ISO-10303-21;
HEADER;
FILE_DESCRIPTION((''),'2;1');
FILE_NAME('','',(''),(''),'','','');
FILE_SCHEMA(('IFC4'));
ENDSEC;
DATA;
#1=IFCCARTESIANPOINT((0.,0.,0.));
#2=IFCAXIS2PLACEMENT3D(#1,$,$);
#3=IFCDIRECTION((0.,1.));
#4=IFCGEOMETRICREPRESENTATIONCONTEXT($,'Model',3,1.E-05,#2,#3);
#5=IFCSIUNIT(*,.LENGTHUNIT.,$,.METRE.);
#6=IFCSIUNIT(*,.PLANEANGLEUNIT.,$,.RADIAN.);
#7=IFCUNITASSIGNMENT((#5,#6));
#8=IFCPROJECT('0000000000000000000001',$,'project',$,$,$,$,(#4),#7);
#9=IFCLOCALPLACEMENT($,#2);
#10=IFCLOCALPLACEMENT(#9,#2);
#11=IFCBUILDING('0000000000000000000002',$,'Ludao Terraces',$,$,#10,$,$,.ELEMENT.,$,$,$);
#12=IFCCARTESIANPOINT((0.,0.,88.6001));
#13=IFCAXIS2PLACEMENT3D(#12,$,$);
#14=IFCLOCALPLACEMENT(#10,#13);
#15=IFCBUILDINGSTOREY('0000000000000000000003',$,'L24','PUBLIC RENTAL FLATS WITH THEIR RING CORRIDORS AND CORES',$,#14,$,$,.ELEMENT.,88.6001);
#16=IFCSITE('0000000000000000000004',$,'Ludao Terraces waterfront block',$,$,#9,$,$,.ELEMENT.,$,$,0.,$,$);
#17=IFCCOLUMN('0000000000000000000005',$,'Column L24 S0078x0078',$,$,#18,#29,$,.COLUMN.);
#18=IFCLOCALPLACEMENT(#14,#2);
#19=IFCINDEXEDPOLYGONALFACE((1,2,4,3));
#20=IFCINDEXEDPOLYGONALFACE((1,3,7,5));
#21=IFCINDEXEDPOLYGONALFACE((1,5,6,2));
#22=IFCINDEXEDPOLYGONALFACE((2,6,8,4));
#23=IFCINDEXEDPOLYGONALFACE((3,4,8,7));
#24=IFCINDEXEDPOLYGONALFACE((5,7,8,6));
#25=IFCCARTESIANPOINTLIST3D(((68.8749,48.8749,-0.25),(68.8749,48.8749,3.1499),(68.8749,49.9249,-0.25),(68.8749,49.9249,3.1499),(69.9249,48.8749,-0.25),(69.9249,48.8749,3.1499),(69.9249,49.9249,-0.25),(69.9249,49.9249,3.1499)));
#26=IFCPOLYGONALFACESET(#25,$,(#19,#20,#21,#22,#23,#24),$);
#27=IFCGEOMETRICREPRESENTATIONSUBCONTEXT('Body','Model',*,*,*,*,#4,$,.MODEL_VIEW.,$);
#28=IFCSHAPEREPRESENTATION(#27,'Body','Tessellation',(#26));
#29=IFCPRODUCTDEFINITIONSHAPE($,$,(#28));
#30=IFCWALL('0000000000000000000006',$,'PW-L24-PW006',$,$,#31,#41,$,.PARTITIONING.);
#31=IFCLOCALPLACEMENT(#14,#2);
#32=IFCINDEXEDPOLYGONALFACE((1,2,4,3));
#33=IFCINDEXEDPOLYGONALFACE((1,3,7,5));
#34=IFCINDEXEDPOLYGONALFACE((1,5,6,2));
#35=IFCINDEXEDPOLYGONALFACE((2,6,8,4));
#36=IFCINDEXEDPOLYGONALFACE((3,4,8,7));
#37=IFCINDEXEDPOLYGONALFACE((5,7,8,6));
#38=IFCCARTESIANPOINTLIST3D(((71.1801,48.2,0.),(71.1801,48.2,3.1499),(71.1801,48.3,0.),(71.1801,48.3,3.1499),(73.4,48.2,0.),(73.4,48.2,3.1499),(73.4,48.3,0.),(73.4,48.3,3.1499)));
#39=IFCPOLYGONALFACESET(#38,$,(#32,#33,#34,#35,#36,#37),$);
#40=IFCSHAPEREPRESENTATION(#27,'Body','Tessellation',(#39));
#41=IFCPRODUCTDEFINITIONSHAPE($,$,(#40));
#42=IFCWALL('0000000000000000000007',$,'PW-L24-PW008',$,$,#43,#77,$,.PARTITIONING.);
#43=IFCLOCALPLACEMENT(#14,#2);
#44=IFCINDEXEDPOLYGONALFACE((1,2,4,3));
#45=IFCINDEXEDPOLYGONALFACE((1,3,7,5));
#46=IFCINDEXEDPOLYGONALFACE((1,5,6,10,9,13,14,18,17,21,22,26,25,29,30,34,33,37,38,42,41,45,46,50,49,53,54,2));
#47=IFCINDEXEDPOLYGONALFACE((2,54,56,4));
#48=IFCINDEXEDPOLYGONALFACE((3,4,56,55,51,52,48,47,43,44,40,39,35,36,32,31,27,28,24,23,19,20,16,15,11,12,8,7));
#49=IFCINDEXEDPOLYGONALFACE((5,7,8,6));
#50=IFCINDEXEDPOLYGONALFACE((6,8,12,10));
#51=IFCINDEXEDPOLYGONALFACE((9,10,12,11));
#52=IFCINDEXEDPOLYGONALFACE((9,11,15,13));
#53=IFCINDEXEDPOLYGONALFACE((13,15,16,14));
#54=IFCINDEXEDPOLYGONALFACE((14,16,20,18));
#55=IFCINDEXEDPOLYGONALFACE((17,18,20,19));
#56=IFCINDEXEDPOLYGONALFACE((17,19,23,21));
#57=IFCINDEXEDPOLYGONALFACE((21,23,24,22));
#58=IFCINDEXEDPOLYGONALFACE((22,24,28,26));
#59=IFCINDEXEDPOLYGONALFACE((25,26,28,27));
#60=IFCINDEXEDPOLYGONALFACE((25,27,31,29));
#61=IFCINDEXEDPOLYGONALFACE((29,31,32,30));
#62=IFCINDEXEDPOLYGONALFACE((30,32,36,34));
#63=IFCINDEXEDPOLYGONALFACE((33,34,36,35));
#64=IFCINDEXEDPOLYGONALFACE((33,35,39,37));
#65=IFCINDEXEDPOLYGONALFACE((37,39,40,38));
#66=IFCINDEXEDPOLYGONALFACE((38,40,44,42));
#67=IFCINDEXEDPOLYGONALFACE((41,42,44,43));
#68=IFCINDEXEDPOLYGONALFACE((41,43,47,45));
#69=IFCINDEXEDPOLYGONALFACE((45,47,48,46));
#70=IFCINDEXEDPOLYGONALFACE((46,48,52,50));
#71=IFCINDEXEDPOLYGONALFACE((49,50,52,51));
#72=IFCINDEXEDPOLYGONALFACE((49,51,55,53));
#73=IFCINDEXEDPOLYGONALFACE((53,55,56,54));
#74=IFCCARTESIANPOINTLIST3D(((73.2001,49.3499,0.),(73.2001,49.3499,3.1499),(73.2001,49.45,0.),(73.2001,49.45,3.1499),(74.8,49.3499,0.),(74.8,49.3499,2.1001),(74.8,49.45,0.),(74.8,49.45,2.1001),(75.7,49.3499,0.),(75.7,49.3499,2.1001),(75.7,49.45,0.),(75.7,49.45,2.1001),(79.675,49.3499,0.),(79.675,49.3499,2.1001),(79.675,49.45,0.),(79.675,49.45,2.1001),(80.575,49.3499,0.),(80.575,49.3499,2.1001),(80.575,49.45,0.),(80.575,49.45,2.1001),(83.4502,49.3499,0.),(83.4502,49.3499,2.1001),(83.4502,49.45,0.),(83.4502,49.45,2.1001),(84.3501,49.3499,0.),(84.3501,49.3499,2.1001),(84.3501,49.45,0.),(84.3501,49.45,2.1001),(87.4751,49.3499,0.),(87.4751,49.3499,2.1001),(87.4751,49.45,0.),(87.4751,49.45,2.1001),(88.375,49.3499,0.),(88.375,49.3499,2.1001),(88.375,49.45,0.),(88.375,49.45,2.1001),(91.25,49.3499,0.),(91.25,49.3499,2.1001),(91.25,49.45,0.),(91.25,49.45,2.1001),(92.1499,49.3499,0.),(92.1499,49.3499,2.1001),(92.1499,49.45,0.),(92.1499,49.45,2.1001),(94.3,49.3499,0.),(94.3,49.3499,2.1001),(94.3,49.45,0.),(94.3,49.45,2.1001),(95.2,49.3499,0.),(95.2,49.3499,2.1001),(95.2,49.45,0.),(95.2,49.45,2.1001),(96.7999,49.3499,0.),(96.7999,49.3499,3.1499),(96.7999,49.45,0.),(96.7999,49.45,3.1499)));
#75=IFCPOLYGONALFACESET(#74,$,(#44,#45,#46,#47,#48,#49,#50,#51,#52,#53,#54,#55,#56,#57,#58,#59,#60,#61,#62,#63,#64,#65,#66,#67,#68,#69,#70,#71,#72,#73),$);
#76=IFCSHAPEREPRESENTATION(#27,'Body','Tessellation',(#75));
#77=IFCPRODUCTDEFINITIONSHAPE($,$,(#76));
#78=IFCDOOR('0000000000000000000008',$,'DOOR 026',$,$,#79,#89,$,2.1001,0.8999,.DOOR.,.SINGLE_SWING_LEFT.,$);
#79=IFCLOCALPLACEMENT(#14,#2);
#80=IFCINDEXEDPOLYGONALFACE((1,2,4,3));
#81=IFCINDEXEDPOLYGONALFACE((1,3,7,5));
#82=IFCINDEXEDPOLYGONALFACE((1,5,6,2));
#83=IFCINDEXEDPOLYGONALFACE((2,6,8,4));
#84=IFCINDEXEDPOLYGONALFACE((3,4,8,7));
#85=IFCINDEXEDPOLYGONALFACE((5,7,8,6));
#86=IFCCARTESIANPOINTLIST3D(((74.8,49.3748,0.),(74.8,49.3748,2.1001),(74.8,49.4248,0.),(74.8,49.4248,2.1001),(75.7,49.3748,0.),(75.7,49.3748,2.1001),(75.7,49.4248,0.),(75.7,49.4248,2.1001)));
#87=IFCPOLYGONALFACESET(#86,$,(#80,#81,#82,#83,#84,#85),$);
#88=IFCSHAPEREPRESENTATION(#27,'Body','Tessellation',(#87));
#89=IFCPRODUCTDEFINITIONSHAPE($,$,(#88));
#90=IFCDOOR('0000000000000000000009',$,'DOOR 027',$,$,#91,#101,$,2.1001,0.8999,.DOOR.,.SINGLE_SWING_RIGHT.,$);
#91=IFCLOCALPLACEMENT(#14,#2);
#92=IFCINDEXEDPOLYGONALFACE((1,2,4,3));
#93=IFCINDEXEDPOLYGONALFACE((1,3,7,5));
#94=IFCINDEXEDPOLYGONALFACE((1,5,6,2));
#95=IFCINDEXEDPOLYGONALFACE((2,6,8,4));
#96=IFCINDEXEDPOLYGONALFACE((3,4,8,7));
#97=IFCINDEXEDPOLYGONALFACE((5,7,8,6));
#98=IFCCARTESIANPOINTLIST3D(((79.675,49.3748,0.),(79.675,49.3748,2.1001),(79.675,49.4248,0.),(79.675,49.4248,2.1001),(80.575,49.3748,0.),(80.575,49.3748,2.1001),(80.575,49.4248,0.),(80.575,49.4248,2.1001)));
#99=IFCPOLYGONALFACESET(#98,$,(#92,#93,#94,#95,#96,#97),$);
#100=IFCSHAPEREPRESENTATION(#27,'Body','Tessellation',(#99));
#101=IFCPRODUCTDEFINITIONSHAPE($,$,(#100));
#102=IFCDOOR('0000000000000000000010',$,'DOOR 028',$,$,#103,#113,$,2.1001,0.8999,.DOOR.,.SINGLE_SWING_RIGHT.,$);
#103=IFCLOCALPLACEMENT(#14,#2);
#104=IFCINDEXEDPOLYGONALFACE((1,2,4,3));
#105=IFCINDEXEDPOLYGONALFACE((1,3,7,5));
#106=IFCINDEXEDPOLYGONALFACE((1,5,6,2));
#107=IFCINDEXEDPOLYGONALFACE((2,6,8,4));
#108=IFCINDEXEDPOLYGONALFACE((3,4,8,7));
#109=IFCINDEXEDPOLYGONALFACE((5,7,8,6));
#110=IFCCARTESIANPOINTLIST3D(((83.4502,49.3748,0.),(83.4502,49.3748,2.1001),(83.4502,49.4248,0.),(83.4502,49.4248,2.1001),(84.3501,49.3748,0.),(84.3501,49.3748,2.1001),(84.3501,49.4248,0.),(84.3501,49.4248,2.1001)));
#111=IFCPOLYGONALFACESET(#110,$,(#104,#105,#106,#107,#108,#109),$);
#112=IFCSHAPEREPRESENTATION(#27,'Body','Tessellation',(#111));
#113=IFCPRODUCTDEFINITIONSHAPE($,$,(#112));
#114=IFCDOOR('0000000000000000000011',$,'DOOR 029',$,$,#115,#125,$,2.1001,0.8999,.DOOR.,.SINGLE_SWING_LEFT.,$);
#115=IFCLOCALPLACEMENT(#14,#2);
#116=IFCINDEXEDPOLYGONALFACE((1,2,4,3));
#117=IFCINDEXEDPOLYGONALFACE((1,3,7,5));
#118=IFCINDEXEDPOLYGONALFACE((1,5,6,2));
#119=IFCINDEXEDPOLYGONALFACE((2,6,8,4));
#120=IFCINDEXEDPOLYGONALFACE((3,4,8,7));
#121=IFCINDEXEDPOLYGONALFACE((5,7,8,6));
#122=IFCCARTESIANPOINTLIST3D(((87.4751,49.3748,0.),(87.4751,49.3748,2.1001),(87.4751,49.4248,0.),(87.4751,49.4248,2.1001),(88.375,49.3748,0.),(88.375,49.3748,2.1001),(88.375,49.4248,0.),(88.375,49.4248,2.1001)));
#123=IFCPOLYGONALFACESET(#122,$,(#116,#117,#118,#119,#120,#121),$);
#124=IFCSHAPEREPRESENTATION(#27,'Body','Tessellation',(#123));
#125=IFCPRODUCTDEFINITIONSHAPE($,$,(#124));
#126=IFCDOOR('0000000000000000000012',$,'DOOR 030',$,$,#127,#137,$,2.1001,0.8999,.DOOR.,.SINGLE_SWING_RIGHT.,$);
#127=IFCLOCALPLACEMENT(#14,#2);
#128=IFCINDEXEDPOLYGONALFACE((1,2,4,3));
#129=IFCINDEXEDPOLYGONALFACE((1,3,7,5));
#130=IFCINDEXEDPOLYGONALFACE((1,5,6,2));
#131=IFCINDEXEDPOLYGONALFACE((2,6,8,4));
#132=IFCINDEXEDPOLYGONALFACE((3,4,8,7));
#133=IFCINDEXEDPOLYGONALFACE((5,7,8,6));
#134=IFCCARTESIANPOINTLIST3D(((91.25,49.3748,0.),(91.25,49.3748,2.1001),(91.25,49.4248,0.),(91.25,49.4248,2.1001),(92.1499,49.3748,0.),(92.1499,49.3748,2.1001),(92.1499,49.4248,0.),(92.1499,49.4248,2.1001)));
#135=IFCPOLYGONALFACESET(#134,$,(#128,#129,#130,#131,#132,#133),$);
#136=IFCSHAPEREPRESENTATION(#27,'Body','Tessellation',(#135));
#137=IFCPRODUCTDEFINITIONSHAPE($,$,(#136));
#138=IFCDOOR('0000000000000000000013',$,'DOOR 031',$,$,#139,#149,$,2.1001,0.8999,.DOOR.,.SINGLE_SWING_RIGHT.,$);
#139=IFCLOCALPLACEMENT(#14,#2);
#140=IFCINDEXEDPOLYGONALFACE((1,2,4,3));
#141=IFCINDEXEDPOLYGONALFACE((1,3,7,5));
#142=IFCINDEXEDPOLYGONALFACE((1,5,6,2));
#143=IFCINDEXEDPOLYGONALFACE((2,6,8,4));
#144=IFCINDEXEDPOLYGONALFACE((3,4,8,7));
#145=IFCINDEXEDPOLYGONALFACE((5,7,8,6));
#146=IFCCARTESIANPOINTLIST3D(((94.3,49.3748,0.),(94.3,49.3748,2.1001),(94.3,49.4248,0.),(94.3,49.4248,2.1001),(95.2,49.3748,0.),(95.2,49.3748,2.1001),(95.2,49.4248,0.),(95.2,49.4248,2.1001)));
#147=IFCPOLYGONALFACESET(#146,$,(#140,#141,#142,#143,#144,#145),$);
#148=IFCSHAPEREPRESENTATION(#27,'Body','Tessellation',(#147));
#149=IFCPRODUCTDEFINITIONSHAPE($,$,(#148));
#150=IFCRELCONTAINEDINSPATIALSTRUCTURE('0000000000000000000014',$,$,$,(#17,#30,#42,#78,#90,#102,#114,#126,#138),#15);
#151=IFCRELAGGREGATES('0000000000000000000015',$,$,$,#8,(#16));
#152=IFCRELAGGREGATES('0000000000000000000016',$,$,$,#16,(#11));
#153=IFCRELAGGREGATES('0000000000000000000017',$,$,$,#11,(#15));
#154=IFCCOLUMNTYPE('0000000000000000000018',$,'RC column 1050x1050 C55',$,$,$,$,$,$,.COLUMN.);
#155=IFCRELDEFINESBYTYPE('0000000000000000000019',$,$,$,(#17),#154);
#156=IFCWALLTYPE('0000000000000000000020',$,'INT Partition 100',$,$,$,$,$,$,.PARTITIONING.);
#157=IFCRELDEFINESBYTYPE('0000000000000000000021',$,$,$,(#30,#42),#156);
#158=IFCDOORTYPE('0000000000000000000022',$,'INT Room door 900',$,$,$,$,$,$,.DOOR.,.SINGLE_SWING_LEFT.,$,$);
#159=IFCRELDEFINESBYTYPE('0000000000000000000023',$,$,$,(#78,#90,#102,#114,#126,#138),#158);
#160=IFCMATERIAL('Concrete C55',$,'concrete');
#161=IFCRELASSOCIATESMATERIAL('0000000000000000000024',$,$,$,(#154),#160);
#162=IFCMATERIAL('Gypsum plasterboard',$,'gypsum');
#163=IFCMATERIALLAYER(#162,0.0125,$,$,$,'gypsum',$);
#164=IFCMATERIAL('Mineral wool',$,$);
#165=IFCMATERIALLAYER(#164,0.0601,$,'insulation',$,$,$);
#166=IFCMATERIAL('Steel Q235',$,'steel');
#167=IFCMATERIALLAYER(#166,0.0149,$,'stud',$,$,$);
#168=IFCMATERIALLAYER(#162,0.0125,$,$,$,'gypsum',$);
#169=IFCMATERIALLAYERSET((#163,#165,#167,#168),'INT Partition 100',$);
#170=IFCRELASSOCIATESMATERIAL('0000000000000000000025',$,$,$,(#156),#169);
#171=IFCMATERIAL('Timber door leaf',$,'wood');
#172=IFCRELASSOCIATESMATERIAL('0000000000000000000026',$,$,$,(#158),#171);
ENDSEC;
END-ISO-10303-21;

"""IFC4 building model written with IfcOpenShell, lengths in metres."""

from ifc_helpers import new_model, si_unit, direction, frame, frame_2d, origin, origin_2d, place, context, subcontext, project, spatial, rectangle, extrude, material, layer, layer_set, material_profile, profile_set, type_object, element, fill, save


model = new_model("IFC4")

# Units and contexts
model_context = context("Model", 3, precision=1e-05, world=origin(), true_north=direction((0.0, 1.0)))
body_context = subcontext(model_context, "Body", "Model", "MODEL_VIEW")
ifc_project = project(units=[si_unit("LENGTHUNIT", "METRE"), si_unit("PLANEANGLEUNIT", "RADIAN")], contexts=[model_context])

# Site, building, storey
site_placement = place(None, origin())
site = spatial("IfcSite", under=ifc_project, at=site_placement, Name="Ludao Terraces waterfront block", CompositionType="ELEMENT", RefElevation=0.0)
building_placement = place(site_placement, origin())
building = spatial("IfcBuilding", under=site, at=building_placement, Name="Ludao Terraces", CompositionType="ELEMENT")
storey_placement = place(building_placement, frame((0.0, 0.0, 88.6001)))
storey = spatial("IfcBuildingStorey", under=building, at=storey_placement, Name="L24", Description="PUBLIC RENTAL FLATS WITH THEIR RING CORRIDORS AND CORES", CompositionType="ELEMENT", Elevation=88.6001)

# Column
ifc_material_1 = material(Name="Concrete C55", Category="concrete")
ifc_material_profile = material_profile(ifc_material_1, rectangle(XDim=1.05, YDim=1.05, at=origin_2d()), Name="1050 X 1050")
ifc_profile_set = profile_set([ifc_material_profile], Name="Concrete C55")
column_type = type_object("IfcColumnType", Name="RC column 1050x1050 C55", PredefinedType="COLUMN", material=ifc_profile_set)
column_placement = place(storey_placement, frame((69.3999, 49.3999, -0.25), z_axis=(0.0, 0.0, 1.0), x_axis=(1.0, 0.0, 0.0)))
element("IfcColumn", 1, at=column_placement, inside=storey, type_object=column_type, Name="Column L24 S0078x0078", PredefinedType="COLUMN", context=body_context, shape_type="SweptSolid", body=[
    extrude(rectangle(XDim=1.05, YDim=1.05, at=origin_2d()), origin(), (0.0, 0.0, 1.0), 3.3999),
])

# Wall
ifc_material_2 = material(Name="Gypsum plasterboard", Category="gypsum")
ifc_layer_1 = layer(ifc_material_2, 0.0125, Category="gypsum")
ifc_material_3 = material(Name="Mineral wool")
ifc_layer_2 = layer(ifc_material_3, 0.0601, Name="insulation")
ifc_material_4 = material(Name="Steel Q235", Category="steel")
ifc_layer_3 = layer(ifc_material_4, 0.0149, Name="stud")
ifc_layer_4 = layer(ifc_material_2, 0.0125, Category="gypsum")
ifc_layer_set = layer_set([ifc_layer_1, ifc_layer_2, ifc_layer_3, ifc_layer_4], Name="INT Partition 100")
wall_type = type_object("IfcWallType", Name="INT Partition 100", PredefinedType="PARTITIONING", material=ifc_layer_set)
wall_1_placement = place(storey_placement, frame((71.1802, 48.25, 0.0), z_axis=(0.0, 0.0, 1.0), x_axis=(1.0, 0.0, 0.0)))
element("IfcWall", 2, at=wall_1_placement, inside=storey, type_object=wall_type, Name="PW-L24-PW006", PredefinedType="PARTITIONING", context=body_context, shape_type="SweptSolid", body=[
    extrude(rectangle(XDim=2.22, YDim=0.1001, at=frame_2d((1.1099, 0.0))), origin(), (0.0, 0.0, 1.0), 3.1499),
])

# Wall, openings, doors
wall_2_placement = place(storey_placement, frame((73.2002, 49.3999, 0.0), z_axis=(0.0, 0.0, 1.0), x_axis=(1.0, 0.0, 0.0)))
wall_2 = element("IfcWall", 3, at=wall_2_placement, inside=storey, type_object=wall_type, Name="PW-L24-PW008", PredefinedType="PARTITIONING", context=body_context, shape_type="SweptSolid", body=[
    extrude(rectangle(XDim=23.5999, YDim=0.1001, at=frame_2d((11.7998, 0.0))), origin(), (0.0, 0.0, 1.0), 3.1499),
])
opening_1_placement = place(wall_2_placement, frame((1.5999, 0.0, 0.0)))
opening_1 = element("IfcOpeningElement", 4, at=opening_1_placement, cuts=wall_2, PredefinedType="OPENING", context=body_context, shape_type="SweptSolid", body=[
    extrude(rectangle(XDim=0.8999, YDim=2.1001, at=frame_2d((0.45, 1.05))), frame((0.0, 0.0601, 0.0), z_axis=(0.0, -1.0, 0.0), x_axis=(1.0, 0.0, 0.0)), (0.0, 0.0, 1.0), 0.1201),
])
opening_2_placement = place(wall_2_placement, frame((6.4749, 0.0, 0.0)))
opening_2 = element("IfcOpeningElement", 5, at=opening_2_placement, cuts=wall_2, PredefinedType="OPENING", context=body_context, shape_type="SweptSolid", body=[
    extrude(rectangle(XDim=0.8999, YDim=2.1001, at=frame_2d((0.45, 1.05))), frame((0.0, 0.0601, 0.0), z_axis=(0.0, -1.0, 0.0), x_axis=(1.0, 0.0, 0.0)), (0.0, 0.0, 1.0), 0.1201),
])
opening_3_placement = place(wall_2_placement, frame((10.25, 0.0, 0.0)))
opening_3 = element("IfcOpeningElement", 6, at=opening_3_placement, cuts=wall_2, PredefinedType="OPENING", context=body_context, shape_type="SweptSolid", body=[
    extrude(rectangle(XDim=0.8999, YDim=2.1001, at=frame_2d((0.45, 1.05))), frame((0.0, 0.0601, 0.0), z_axis=(0.0, -1.0, 0.0), x_axis=(1.0, 0.0, 0.0)), (0.0, 0.0, 1.0), 0.1201),
])
opening_4_placement = place(wall_2_placement, frame((14.2749, 0.0, 0.0)))
opening_4 = element("IfcOpeningElement", 7, at=opening_4_placement, cuts=wall_2, PredefinedType="OPENING", context=body_context, shape_type="SweptSolid", body=[
    extrude(rectangle(XDim=0.8999, YDim=2.1001, at=frame_2d((0.45, 1.05))), frame((0.0, 0.0601, 0.0), z_axis=(0.0, -1.0, 0.0), x_axis=(1.0, 0.0, 0.0)), (0.0, 0.0, 1.0), 0.1201),
])
opening_5_placement = place(wall_2_placement, frame((18.0498, 0.0, 0.0)))
opening_5 = element("IfcOpeningElement", 8, at=opening_5_placement, cuts=wall_2, PredefinedType="OPENING", context=body_context, shape_type="SweptSolid", body=[
    extrude(rectangle(XDim=0.8999, YDim=2.1001, at=frame_2d((0.45, 1.05))), frame((0.0, 0.0601, 0.0), z_axis=(0.0, -1.0, 0.0), x_axis=(1.0, 0.0, 0.0)), (0.0, 0.0, 1.0), 0.1201),
])
opening_6_placement = place(wall_2_placement, frame((21.0999, 0.0, 0.0)))
opening_6 = element("IfcOpeningElement", 9, at=opening_6_placement, cuts=wall_2, PredefinedType="OPENING", context=body_context, shape_type="SweptSolid", body=[
    extrude(rectangle(XDim=0.8999, YDim=2.1001, at=frame_2d((0.45, 1.05))), frame((0.0, 0.0601, 0.0), z_axis=(0.0, -1.0, 0.0), x_axis=(1.0, 0.0, 0.0)), (0.0, 0.0, 1.0), 0.1201),
])
ifc_material_5 = material(Name="Timber door leaf", Category="wood")
door_type = type_object("IfcDoorType", Name="INT Room door 900", OperationType="SINGLE_SWING_LEFT", PredefinedType="DOOR", material=ifc_material_5)
door_1_placement = place(opening_1_placement, origin())
door_1 = element("IfcDoor", 10, at=door_1_placement, inside=storey, type_object=door_type, Name="DOOR 026", OperationType="SINGLE_SWING_LEFT", OverallHeight=2.1001, OverallWidth=0.8999, PredefinedType="DOOR", context=body_context, shape_type="SweptSolid", body=[
    extrude(rectangle(XDim=0.8999, YDim=2.1001, at=frame_2d((0.45, 1.05))), frame((0.0, 0.0249, 0.0), z_axis=(0.0, -1.0, 0.0), x_axis=(1.0, 0.0, 0.0)), (0.0, 0.0, 1.0), 0.05),
])
fill(opening_1, door_1)
door_2_placement = place(opening_2_placement, origin())
door_2 = element("IfcDoor", 11, at=door_2_placement, inside=storey, type_object=door_type, Name="DOOR 027", OperationType="SINGLE_SWING_RIGHT", OverallHeight=2.1001, OverallWidth=0.8999, PredefinedType="DOOR", context=body_context, shape_type="SweptSolid", body=[
    extrude(rectangle(XDim=0.8999, YDim=2.1001, at=frame_2d((0.45, 1.05))), frame((0.0, 0.0249, 0.0), z_axis=(0.0, -1.0, 0.0), x_axis=(1.0, 0.0, 0.0)), (0.0, 0.0, 1.0), 0.05),
])
fill(opening_2, door_2)
door_3_placement = place(opening_3_placement, origin())
door_3 = element("IfcDoor", 12, at=door_3_placement, inside=storey, type_object=door_type, Name="DOOR 028", OperationType="SINGLE_SWING_RIGHT", OverallHeight=2.1001, OverallWidth=0.8999, PredefinedType="DOOR", context=body_context, shape_type="SweptSolid", body=[
    extrude(rectangle(XDim=0.8999, YDim=2.1001, at=frame_2d((0.45, 1.05))), frame((0.0, 0.0249, 0.0), z_axis=(0.0, -1.0, 0.0), x_axis=(1.0, 0.0, 0.0)), (0.0, 0.0, 1.0), 0.05),
])
fill(opening_3, door_3)
door_4_placement = place(opening_4_placement, origin())
door_4 = element("IfcDoor", 13, at=door_4_placement, inside=storey, type_object=door_type, Name="DOOR 029", OperationType="SINGLE_SWING_LEFT", OverallHeight=2.1001, OverallWidth=0.8999, PredefinedType="DOOR", context=body_context, shape_type="SweptSolid", body=[
    extrude(rectangle(XDim=0.8999, YDim=2.1001, at=frame_2d((0.45, 1.05))), frame((0.0, 0.0249, 0.0), z_axis=(0.0, -1.0, 0.0), x_axis=(1.0, 0.0, 0.0)), (0.0, 0.0, 1.0), 0.05),
])
fill(opening_4, door_4)
door_5_placement = place(opening_5_placement, origin())
door_5 = element("IfcDoor", 14, at=door_5_placement, inside=storey, type_object=door_type, Name="DOOR 030", OperationType="SINGLE_SWING_RIGHT", OverallHeight=2.1001, OverallWidth=0.8999, PredefinedType="DOOR", context=body_context, shape_type="SweptSolid", body=[
    extrude(rectangle(XDim=0.8999, YDim=2.1001, at=frame_2d((0.45, 1.05))), frame((0.0, 0.0249, 0.0), z_axis=(0.0, -1.0, 0.0), x_axis=(1.0, 0.0, 0.0)), (0.0, 0.0, 1.0), 0.05),
])
fill(opening_5, door_5)
door_6_placement = place(opening_6_placement, origin())
door_6 = element("IfcDoor", 15, at=door_6_placement, inside=storey, type_object=door_type, Name="DOOR 031", OperationType="SINGLE_SWING_RIGHT", OverallHeight=2.1001, OverallWidth=0.8999, PredefinedType="DOOR", context=body_context, shape_type="SweptSolid", body=[
    extrude(rectangle(XDim=0.8999, YDim=2.1001, at=frame_2d((0.45, 1.05))), frame((0.0, 0.0249, 0.0), z_axis=(0.0, -1.0, 0.0), x_axis=(1.0, 0.0, 0.0)), (0.0, 0.0, 1.0), 0.05),
])
fill(opening_6, door_6)

save(model, "model.ifc")
